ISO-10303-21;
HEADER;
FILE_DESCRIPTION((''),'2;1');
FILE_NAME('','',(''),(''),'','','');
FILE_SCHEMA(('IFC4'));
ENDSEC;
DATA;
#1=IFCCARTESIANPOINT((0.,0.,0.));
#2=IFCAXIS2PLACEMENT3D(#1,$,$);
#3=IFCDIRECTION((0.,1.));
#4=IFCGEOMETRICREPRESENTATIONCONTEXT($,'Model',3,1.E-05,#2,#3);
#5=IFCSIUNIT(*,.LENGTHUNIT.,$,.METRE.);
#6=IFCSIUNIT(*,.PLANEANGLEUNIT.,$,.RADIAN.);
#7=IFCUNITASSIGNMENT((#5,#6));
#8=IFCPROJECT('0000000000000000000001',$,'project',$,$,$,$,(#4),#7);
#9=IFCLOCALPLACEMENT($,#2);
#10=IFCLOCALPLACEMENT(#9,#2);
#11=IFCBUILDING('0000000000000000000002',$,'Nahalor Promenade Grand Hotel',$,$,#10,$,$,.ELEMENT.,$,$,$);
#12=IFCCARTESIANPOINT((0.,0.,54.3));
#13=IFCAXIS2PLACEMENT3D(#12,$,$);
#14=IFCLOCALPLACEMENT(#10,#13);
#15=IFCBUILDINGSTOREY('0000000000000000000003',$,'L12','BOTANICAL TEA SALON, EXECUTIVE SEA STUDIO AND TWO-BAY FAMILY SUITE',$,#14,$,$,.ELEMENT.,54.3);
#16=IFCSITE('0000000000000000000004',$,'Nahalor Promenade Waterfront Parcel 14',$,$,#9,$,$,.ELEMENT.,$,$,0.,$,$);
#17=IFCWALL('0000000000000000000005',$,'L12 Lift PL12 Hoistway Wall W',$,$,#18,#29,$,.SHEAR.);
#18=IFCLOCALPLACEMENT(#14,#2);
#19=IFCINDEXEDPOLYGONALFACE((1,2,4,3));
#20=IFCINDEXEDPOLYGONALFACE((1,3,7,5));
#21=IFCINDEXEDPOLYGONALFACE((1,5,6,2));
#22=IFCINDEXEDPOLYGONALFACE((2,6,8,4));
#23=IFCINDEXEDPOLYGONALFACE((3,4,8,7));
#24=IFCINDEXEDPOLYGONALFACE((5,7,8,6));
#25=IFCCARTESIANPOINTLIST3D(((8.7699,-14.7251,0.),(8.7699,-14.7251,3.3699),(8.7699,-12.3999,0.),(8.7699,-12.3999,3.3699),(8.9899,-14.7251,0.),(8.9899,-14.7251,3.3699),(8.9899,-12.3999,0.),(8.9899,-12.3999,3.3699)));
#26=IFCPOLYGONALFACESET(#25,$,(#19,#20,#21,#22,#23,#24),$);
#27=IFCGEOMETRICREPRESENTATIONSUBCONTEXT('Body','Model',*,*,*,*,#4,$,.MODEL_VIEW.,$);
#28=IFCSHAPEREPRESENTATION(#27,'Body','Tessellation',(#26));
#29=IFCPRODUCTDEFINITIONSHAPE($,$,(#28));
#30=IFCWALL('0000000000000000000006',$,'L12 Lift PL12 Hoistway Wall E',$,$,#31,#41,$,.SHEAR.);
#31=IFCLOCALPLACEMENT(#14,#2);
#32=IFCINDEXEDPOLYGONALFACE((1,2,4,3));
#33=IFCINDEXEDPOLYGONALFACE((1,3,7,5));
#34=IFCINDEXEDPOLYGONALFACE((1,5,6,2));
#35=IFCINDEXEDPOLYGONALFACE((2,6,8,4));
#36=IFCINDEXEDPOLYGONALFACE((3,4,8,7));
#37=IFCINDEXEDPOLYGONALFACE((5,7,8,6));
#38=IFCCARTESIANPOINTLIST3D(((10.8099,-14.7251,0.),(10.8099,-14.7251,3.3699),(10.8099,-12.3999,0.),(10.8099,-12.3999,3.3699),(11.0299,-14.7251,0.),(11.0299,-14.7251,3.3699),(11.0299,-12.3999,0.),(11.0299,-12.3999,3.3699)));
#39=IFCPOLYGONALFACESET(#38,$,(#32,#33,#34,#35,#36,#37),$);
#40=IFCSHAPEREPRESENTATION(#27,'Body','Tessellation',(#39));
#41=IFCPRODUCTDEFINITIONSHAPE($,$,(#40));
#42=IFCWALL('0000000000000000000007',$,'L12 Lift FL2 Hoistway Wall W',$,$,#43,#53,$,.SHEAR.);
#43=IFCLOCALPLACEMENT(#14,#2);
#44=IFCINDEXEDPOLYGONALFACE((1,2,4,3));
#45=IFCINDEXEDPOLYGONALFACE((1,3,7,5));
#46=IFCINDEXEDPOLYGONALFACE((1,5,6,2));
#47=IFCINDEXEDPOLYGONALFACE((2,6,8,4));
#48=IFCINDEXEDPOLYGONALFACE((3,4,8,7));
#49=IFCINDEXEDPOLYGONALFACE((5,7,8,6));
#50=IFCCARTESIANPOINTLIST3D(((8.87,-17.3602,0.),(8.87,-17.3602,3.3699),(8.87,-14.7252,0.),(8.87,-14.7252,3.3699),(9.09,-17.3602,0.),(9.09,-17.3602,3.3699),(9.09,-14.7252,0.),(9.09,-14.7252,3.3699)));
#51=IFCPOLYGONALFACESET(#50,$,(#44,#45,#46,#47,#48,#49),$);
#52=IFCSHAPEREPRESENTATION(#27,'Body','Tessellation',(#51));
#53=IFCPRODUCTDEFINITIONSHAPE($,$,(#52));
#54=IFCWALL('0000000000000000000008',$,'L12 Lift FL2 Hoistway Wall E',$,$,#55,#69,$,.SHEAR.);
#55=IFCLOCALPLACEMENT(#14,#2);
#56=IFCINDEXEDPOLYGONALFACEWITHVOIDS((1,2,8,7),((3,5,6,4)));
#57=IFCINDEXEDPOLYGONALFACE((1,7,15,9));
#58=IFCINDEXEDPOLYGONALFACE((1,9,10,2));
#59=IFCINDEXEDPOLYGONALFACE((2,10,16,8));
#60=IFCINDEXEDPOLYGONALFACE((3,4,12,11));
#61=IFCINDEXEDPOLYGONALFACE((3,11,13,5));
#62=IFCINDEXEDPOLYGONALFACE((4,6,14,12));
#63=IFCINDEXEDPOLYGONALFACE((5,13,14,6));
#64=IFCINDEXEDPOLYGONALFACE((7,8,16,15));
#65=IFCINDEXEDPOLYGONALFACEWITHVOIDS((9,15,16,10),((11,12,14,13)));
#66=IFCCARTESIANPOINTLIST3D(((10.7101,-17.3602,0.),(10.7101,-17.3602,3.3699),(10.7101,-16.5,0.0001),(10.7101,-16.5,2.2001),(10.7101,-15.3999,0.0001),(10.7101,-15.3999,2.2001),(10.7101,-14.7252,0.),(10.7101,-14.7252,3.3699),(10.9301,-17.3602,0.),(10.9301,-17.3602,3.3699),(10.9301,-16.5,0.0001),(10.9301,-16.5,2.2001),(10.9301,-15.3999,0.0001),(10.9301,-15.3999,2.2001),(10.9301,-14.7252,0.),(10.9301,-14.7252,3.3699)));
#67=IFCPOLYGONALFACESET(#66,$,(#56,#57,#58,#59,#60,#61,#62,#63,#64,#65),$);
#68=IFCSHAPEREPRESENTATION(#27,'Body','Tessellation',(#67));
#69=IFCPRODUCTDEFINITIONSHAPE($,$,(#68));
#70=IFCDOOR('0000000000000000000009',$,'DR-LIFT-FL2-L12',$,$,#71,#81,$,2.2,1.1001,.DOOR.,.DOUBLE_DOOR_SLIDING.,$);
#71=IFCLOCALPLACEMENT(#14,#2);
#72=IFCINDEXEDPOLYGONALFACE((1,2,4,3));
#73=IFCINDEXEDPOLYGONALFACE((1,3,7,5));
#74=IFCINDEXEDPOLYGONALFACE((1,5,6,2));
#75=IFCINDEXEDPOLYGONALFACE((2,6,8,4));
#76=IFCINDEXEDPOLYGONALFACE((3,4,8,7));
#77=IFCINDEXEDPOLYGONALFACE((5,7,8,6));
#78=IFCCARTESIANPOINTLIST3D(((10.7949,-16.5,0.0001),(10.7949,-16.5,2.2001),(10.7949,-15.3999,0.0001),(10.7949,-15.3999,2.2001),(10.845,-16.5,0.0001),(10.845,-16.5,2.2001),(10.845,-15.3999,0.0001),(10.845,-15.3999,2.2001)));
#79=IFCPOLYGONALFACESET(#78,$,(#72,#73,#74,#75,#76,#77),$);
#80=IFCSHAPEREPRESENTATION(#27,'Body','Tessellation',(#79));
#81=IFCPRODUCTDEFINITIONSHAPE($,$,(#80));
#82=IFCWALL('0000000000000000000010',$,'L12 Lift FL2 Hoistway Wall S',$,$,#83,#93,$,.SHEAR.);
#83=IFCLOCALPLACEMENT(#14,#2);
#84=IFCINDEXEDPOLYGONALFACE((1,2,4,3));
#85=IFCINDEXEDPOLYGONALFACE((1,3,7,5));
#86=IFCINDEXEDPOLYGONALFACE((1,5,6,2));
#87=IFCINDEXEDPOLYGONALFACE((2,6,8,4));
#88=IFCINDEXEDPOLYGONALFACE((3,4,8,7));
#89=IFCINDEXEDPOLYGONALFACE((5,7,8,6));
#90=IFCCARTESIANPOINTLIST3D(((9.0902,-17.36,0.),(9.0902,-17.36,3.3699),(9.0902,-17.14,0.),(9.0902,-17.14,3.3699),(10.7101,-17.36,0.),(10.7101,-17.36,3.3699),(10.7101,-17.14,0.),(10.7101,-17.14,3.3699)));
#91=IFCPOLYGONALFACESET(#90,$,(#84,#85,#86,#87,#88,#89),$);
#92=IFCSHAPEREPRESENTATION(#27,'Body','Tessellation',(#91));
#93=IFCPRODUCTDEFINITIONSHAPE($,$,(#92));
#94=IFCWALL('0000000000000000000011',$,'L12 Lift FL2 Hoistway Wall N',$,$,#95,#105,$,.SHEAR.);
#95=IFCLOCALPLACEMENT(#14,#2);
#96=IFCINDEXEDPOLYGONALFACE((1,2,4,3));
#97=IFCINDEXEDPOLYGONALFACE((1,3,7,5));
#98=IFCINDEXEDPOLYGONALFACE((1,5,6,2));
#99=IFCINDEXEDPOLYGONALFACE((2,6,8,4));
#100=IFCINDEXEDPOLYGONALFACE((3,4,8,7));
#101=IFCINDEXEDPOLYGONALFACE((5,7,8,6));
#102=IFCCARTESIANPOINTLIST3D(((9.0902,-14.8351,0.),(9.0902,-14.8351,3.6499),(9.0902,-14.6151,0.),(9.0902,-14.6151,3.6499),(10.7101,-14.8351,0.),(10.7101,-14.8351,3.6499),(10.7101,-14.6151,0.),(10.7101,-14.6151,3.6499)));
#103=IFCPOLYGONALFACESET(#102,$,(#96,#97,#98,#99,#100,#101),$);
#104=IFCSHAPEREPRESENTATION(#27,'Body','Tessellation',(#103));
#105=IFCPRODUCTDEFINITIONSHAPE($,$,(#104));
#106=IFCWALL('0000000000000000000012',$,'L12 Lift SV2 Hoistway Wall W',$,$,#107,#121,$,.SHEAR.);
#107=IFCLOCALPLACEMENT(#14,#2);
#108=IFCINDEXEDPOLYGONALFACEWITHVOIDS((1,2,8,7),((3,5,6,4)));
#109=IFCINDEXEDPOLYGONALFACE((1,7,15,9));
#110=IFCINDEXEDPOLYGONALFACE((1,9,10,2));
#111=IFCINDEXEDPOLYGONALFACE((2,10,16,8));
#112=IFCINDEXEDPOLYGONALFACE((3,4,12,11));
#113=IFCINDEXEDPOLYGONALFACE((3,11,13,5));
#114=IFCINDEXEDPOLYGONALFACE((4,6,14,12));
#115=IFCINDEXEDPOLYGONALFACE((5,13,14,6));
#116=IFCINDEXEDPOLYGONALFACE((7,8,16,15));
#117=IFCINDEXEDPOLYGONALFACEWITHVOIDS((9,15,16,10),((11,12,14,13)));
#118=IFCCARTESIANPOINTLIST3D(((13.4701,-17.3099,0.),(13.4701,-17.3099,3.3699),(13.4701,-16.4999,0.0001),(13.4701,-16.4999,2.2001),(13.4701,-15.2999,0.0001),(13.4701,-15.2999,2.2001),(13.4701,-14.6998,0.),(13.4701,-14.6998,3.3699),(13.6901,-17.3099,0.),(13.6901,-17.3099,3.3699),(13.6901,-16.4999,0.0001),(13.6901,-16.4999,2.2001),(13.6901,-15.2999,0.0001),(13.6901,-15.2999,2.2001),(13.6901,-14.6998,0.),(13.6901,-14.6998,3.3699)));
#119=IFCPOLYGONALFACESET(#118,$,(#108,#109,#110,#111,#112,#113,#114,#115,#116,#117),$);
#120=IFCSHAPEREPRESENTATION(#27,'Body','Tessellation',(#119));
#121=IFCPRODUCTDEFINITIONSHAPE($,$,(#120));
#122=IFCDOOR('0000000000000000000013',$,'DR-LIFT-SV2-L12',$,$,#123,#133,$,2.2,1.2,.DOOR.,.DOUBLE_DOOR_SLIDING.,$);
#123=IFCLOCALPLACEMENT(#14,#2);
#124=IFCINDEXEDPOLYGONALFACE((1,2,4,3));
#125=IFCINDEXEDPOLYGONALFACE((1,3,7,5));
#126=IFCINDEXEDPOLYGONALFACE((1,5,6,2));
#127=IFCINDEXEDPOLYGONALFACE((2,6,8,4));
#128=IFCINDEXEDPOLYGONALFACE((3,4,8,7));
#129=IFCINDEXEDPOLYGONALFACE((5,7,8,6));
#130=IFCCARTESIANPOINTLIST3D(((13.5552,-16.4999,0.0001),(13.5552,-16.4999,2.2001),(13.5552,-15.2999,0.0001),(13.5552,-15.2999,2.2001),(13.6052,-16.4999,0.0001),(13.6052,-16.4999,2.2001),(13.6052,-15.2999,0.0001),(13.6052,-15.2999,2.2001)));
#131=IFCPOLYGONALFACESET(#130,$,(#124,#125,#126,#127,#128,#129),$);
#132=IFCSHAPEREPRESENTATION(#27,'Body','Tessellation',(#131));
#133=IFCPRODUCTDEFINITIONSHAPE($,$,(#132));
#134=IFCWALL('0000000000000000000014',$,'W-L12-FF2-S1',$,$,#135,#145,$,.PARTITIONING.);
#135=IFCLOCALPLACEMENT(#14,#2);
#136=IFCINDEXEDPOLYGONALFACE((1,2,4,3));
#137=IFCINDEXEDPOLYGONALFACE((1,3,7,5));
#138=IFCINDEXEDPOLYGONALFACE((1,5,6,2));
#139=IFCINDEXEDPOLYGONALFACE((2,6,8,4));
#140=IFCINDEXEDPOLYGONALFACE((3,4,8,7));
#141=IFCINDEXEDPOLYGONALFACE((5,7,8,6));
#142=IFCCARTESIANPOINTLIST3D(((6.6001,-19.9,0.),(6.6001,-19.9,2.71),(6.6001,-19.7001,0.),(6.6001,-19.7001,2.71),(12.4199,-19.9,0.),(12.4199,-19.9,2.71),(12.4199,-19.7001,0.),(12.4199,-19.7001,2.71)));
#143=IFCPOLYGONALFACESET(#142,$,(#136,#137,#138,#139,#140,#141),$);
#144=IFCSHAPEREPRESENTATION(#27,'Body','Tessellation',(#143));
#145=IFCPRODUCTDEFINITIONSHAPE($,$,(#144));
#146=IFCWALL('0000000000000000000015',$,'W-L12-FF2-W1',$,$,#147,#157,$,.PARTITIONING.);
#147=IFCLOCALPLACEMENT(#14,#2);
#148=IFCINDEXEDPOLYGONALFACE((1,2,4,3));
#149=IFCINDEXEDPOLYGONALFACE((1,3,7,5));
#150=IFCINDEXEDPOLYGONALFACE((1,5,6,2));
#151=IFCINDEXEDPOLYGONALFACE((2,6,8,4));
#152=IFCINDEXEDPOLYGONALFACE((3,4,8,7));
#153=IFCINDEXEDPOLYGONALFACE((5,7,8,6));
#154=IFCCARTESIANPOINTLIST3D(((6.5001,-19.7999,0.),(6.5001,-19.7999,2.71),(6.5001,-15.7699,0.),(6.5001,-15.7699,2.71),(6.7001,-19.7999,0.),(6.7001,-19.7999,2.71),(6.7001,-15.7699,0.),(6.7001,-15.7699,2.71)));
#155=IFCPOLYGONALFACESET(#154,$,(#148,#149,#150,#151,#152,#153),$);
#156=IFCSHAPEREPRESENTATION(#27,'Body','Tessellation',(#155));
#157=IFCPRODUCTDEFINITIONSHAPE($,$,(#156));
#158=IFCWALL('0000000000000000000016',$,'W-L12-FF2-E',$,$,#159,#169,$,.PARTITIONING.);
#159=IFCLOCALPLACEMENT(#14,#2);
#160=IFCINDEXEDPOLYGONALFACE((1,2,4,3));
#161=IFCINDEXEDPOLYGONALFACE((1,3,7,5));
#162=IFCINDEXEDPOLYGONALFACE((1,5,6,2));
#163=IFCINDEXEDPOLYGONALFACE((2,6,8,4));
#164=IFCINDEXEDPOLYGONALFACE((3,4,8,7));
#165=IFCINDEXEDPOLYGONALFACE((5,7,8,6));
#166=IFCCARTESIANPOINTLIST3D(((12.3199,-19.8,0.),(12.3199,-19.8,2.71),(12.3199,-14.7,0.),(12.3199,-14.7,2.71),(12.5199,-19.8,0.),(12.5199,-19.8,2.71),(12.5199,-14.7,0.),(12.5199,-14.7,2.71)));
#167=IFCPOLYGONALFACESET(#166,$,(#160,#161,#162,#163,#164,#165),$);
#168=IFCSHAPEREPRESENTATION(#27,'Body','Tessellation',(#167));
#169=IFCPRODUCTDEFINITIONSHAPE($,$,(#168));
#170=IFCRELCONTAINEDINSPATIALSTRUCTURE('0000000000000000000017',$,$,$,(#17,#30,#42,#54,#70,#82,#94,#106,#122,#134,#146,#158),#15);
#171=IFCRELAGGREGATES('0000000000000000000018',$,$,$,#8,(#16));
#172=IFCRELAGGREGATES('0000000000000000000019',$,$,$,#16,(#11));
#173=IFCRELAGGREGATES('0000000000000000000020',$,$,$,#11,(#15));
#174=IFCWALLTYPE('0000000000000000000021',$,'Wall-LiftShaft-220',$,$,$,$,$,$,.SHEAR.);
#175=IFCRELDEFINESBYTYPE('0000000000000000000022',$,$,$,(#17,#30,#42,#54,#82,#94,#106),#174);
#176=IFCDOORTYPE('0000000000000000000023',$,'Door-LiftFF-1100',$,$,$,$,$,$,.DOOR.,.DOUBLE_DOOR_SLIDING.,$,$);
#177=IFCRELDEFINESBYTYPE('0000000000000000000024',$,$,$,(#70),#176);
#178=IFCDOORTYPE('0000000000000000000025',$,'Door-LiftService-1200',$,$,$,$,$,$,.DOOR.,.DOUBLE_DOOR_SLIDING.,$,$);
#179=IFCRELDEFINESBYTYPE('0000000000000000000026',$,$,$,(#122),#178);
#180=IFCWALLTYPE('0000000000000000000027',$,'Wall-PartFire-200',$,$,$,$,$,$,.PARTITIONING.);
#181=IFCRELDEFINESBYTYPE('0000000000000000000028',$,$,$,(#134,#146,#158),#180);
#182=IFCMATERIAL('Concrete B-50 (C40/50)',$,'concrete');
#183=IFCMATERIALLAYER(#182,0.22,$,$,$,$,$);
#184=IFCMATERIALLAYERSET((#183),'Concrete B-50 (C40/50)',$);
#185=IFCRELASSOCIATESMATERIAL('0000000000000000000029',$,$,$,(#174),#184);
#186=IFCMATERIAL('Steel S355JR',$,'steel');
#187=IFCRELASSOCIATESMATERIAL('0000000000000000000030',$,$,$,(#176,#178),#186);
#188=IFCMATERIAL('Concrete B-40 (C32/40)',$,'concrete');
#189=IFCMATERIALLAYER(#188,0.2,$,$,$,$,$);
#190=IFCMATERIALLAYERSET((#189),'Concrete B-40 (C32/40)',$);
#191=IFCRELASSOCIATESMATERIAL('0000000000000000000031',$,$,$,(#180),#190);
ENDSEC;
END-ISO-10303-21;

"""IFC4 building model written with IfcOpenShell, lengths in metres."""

from ifc_helpers import new_model, si_unit, direction, frame, frame_2d, origin, place, context, subcontext, project, spatial, rectangle, extrude, source, transform, mapped, material, layer, layer_set, type_object, element, fill, save


model = new_model("IFC4")

# Units and contexts
model_context = context("Model", 3, precision=1e-05, world=origin(), true_north=direction((0.0, 1.0)))
body_context = subcontext(model_context, "Body", "Model", "MODEL_VIEW")
ifc_project = project(units=[si_unit("LENGTHUNIT", "METRE"), si_unit("PLANEANGLEUNIT", "RADIAN")], contexts=[model_context])

# Site, building, storey
site_placement = place(None, origin())
site = spatial("IfcSite", under=ifc_project, at=site_placement, Name="Nahalor Promenade Waterfront Parcel 14", CompositionType="ELEMENT", RefElevation=0.0)
building_placement = place(site_placement, origin())
building = spatial("IfcBuilding", under=site, at=building_placement, Name="Nahalor Promenade Grand Hotel", CompositionType="ELEMENT")
storey_placement = place(building_placement, frame((0.0, 0.0, 54.3)))
storey = spatial("IfcBuildingStorey", under=building, at=storey_placement, Name="L12", Description="BOTANICAL TEA SALON, EXECUTIVE SEA STUDIO AND TWO-BAY FAMILY SUITE", CompositionType="ELEMENT", Elevation=54.3)

# Shared definitions
ifc_material_1 = material(Name="Steel S355JR", Category="steel")

# Shared definitions
ifc_material_2 = material(Name="Concrete B-50 (C40/50)", Category="concrete")

# Walls
ifc_layer_1 = layer(ifc_material_2, 0.22)
ifc_layer_set_1 = layer_set([ifc_layer_1], Name="Concrete B-50 (C40/50)")
wall_type_1 = type_object("IfcWallType", Name="Wall-LiftShaft-220", PredefinedType="SHEAR", material=ifc_layer_set_1)
shared_shape_1 = source(origin(), body_context, "Body", "SweptSolid", [
    extrude(rectangle(XDim=2.3252, YDim=0.22, at=frame_2d((1.1626, 0.0))), origin(), (0.0, 0.0, 1.0), 3.3699),
])
for number, where, z_axis, x_axis, name in (
    (1, (8.8799, -14.7251, 0.0), (0.0, 0.0, 1.0), (0.0, 1.0, 0.0), "L12 Lift PL12 Hoistway Wall W"),
    (2, (10.9199, -14.7251, 0.0), (0.0, 0.0, 1.0), (0.0, 1.0, 0.0), "L12 Lift PL12 Hoistway Wall E"),
):
    element("IfcWall", number, at=place(storey_placement, frame(where, z_axis=z_axis, x_axis=x_axis)), inside=storey, type_object=wall_type_1, Name=name, PredefinedType="SHEAR", context=body_context, shape_type="MappedRepresentation", body=[
        mapped(shared_shape_1, transform((0.0, 0.0, 0.0), scale=1.0)),
    ])
shared_shape_2 = source(origin(), body_context, "Body", "SweptSolid", [
    extrude(rectangle(XDim=2.635, YDim=0.22, at=frame_2d((1.3174, 0.0))), origin(), (0.0, 0.0, 1.0), 3.3699),
])
wall_1_placement = place(storey_placement, frame((8.98, -17.3601, 0.0), z_axis=(0.0, 0.0, 1.0), x_axis=(0.0, 1.0, 0.0)))
element("IfcWall", 3, at=wall_1_placement, inside=storey, type_object=wall_type_1, Name="L12 Lift FL2 Hoistway Wall W", PredefinedType="SHEAR", context=body_context, shape_type="MappedRepresentation", body=[
    mapped(shared_shape_2, transform((0.0, 0.0, 0.0), scale=1.0)),
])

# Wall, opening, door
wall_2_placement = place(storey_placement, frame((10.8201, -17.3601, 0.0), z_axis=(0.0, 0.0, 1.0), x_axis=(0.0, 1.0, 0.0)))
wall_2 = element("IfcWall", 4, at=wall_2_placement, inside=storey, type_object=wall_type_1, Name="L12 Lift FL2 Hoistway Wall E", PredefinedType="SHEAR", context=body_context, shape_type="MappedRepresentation", body=[
    mapped(shared_shape_2, transform((0.0, 0.0, 0.0), scale=1.0)),
])
opening_1_placement = place(wall_2_placement, frame((0.8601, 0.0, 0.0)))
opening_1 = element("IfcOpeningElement", 5, at=opening_1_placement, cuts=wall_2, PredefinedType="OPENING", context=body_context, shape_type="SweptSolid", body=[
    extrude(rectangle(XDim=1.1001, YDim=2.2, at=frame_2d((0.55, 1.1001))), frame((0.0, 0.1199, 0.0), z_axis=(0.0, -1.0, 0.0), x_axis=(1.0, 0.0, 0.0)), (0.0, 0.0, 1.0), 0.24),
])
door_type_1 = type_object("IfcDoorType", Name="Door-LiftFF-1100", OperationType="DOUBLE_DOOR_SLIDING", PredefinedType="DOOR", material=ifc_material_1)
shared_shape_3 = source(origin(), body_context, "Body", "SweptSolid", [
    extrude(rectangle(XDim=1.1001, YDim=2.2, at=frame_2d((0.55, 1.1001))), frame((0.0, 0.0249, 0.0), z_axis=(0.0, -1.0, 0.0), x_axis=(1.0, 0.0, 0.0)), (0.0, 0.0, 1.0), 0.05),
])
door_1_placement = place(opening_1_placement, frame((1.1001, 0.0, 0.0), z_axis=(0.0, 0.0, 1.0), x_axis=(-1.0, 0.0, 0.0)))
door_1 = element("IfcDoor", 6, at=door_1_placement, inside=storey, type_object=door_type_1, Name="DR-LIFT-FL2-L12", OperationType="DOUBLE_DOOR_SLIDING", OverallHeight=2.2, OverallWidth=1.1001, PredefinedType="DOOR", context=body_context, shape_type="MappedRepresentation", body=[
    mapped(shared_shape_3, transform((0.0, 0.0, 0.0), scale=1.0)),
])
fill(opening_1, door_1)

# Walls
shared_shape_4 = source(origin(), body_context, "Body", "SweptSolid", [
    extrude(rectangle(XDim=1.6199, YDim=0.22, at=frame_2d((0.8101, 0.0))), origin(), (0.0, 0.0, 1.0), 3.3699),
])
wall_3_placement = place(storey_placement, frame((9.0901, -17.25, 0.0), z_axis=(0.0, 0.0, 1.0), x_axis=(1.0, 0.0, 0.0)))
element("IfcWall", 7, at=wall_3_placement, inside=storey, type_object=wall_type_1, Name="L12 Lift FL2 Hoistway Wall S", PredefinedType="SHEAR", context=body_context, shape_type="MappedRepresentation", body=[
    mapped(shared_shape_4, transform((0.0, 0.0, 0.0), scale=1.0)),
])
shared_shape_5 = source(origin(), body_context, "Body", "SweptSolid", [
    extrude(rectangle(XDim=1.6199, YDim=0.22, at=frame_2d((0.8101, 0.0))), origin(), (0.0, 0.0, 1.0), 3.6499),
])
wall_4_placement = place(storey_placement, frame((9.0901, -14.7251, 0.0), z_axis=(0.0, 0.0, 1.0), x_axis=(1.0, 0.0, 0.0)))
element("IfcWall", 8, at=wall_4_placement, inside=storey, type_object=wall_type_1, Name="L12 Lift FL2 Hoistway Wall N", PredefinedType="SHEAR", context=body_context, shape_type="MappedRepresentation", body=[
    mapped(shared_shape_5, transform((0.0, 0.0, 0.0), scale=1.0)),
])

# Wall, opening, door
shared_shape_6 = source(origin(), body_context, "Body", "SweptSolid", [
    extrude(rectangle(XDim=2.6101, YDim=0.22, at=frame_2d((1.3052, 0.0))), origin(), (0.0, 0.0, 1.0), 3.3699),
])
wall_5_placement = place(storey_placement, frame((13.5801, -17.3101, 0.0), z_axis=(0.0, 0.0, 1.0), x_axis=(0.0, 1.0, 0.0)))
wall_5 = element("IfcWall", 9, at=wall_5_placement, inside=storey, type_object=wall_type_1, Name="L12 Lift SV2 Hoistway Wall W", PredefinedType="SHEAR", context=body_context, shape_type="MappedRepresentation", body=[
    mapped(shared_shape_6, transform((0.0, 0.0, 0.0), scale=1.0)),
])
opening_2_placement = place(wall_5_placement, frame((0.8101, 0.0, 0.0)))
opening_2 = element("IfcOpeningElement", 10, at=opening_2_placement, cuts=wall_5, PredefinedType="OPENING", context=body_context, shape_type="SweptSolid", body=[
    extrude(rectangle(XDim=1.2, YDim=2.2, at=frame_2d((0.6001, 1.1001))), frame((0.0, 0.1199, 0.0), z_axis=(0.0, -1.0, 0.0), x_axis=(1.0, 0.0, 0.0)), (0.0, 0.0, 1.0), 0.24),
])
door_type_2 = type_object("IfcDoorType", Name="Door-LiftService-1200", OperationType="DOUBLE_DOOR_SLIDING", PredefinedType="DOOR", material=ifc_material_1)
shared_shape_7 = source(origin(), body_context, "Body", "SweptSolid", [
    extrude(rectangle(XDim=1.2, YDim=2.2, at=frame_2d((0.6001, 1.1001))), frame((0.0, 0.0249, 0.0), z_axis=(0.0, -1.0, 0.0), x_axis=(1.0, 0.0, 0.0)), (0.0, 0.0, 1.0), 0.05),
])
door_2_placement = place(opening_2_placement, origin())
door_2 = element("IfcDoor", 11, at=door_2_placement, inside=storey, type_object=door_type_2, Name="DR-LIFT-SV2-L12", OperationType="DOUBLE_DOOR_SLIDING", OverallHeight=2.2, OverallWidth=1.2, PredefinedType="DOOR", context=body_context, shape_type="MappedRepresentation", body=[
    mapped(shared_shape_7, transform((0.0, 0.0, 0.0), scale=1.0)),
])
fill(opening_2, door_2)

# Walls
ifc_material_3 = material(Name="Concrete B-40 (C32/40)", Category="concrete")
ifc_layer_2 = layer(ifc_material_3, 0.2)
ifc_layer_set_2 = layer_set([ifc_layer_2], Name="Concrete B-40 (C32/40)")
wall_type_2 = type_object("IfcWallType", Name="Wall-PartFire-200", PredefinedType="PARTITIONING", material=ifc_layer_set_2)
shared_shape_8 = source(origin(), body_context, "Body", "SweptSolid", [
    extrude(rectangle(XDim=5.8198, YDim=0.2, at=frame_2d((2.9099, 0.0))), origin(), (0.0, 0.0, 1.0), 2.71),
])
wall_6_placement = place(storey_placement, frame((6.6001, -19.8, 0.0), z_axis=(0.0, 0.0, 1.0), x_axis=(1.0, 0.0, 0.0)))
element("IfcWall", 12, at=wall_6_placement, inside=storey, type_object=wall_type_2, Name="W-L12-FF2-S1", PredefinedType="PARTITIONING", context=body_context, shape_type="MappedRepresentation", body=[
    mapped(shared_shape_8, transform((0.0, 0.0, 0.0), scale=1.0)),
])
shared_shape_9 = source(origin(), body_context, "Body", "SweptSolid", [
    extrude(rectangle(XDim=4.03, YDim=0.2, at=frame_2d((2.0151, 0.0))), origin(), (0.0, 0.0, 1.0), 2.71),
])
wall_7_placement = place(storey_placement, frame((6.6001, -19.8, 0.0), z_axis=(0.0, 0.0, 1.0), x_axis=(0.0, 1.0, 0.0)))
element("IfcWall", 13, at=wall_7_placement, inside=storey, type_object=wall_type_2, Name="W-L12-FF2-W1", PredefinedType="PARTITIONING", context=body_context, shape_type="MappedRepresentation", body=[
    mapped(shared_shape_9, transform((0.0, 0.0, 0.0), scale=1.0)),
])
shared_shape_10 = source(origin(), body_context, "Body", "SweptSolid", [
    extrude(rectangle(XDim=5.1001, YDim=0.2, at=frame_2d((2.55, 0.0))), origin(), (0.0, 0.0, 1.0), 2.71),
])
wall_8_placement = place(storey_placement, frame((12.4199, -19.8, 0.0), z_axis=(0.0, 0.0, 1.0), x_axis=(0.0, 1.0, 0.0)))
element("IfcWall", 14, at=wall_8_placement, inside=storey, type_object=wall_type_2, Name="W-L12-FF2-E", PredefinedType="PARTITIONING", context=body_context, shape_type="MappedRepresentation", body=[
    mapped(shared_shape_10, transform((0.0, 0.0, 0.0), scale=1.0)),
])

save(model, "model.ifc")
